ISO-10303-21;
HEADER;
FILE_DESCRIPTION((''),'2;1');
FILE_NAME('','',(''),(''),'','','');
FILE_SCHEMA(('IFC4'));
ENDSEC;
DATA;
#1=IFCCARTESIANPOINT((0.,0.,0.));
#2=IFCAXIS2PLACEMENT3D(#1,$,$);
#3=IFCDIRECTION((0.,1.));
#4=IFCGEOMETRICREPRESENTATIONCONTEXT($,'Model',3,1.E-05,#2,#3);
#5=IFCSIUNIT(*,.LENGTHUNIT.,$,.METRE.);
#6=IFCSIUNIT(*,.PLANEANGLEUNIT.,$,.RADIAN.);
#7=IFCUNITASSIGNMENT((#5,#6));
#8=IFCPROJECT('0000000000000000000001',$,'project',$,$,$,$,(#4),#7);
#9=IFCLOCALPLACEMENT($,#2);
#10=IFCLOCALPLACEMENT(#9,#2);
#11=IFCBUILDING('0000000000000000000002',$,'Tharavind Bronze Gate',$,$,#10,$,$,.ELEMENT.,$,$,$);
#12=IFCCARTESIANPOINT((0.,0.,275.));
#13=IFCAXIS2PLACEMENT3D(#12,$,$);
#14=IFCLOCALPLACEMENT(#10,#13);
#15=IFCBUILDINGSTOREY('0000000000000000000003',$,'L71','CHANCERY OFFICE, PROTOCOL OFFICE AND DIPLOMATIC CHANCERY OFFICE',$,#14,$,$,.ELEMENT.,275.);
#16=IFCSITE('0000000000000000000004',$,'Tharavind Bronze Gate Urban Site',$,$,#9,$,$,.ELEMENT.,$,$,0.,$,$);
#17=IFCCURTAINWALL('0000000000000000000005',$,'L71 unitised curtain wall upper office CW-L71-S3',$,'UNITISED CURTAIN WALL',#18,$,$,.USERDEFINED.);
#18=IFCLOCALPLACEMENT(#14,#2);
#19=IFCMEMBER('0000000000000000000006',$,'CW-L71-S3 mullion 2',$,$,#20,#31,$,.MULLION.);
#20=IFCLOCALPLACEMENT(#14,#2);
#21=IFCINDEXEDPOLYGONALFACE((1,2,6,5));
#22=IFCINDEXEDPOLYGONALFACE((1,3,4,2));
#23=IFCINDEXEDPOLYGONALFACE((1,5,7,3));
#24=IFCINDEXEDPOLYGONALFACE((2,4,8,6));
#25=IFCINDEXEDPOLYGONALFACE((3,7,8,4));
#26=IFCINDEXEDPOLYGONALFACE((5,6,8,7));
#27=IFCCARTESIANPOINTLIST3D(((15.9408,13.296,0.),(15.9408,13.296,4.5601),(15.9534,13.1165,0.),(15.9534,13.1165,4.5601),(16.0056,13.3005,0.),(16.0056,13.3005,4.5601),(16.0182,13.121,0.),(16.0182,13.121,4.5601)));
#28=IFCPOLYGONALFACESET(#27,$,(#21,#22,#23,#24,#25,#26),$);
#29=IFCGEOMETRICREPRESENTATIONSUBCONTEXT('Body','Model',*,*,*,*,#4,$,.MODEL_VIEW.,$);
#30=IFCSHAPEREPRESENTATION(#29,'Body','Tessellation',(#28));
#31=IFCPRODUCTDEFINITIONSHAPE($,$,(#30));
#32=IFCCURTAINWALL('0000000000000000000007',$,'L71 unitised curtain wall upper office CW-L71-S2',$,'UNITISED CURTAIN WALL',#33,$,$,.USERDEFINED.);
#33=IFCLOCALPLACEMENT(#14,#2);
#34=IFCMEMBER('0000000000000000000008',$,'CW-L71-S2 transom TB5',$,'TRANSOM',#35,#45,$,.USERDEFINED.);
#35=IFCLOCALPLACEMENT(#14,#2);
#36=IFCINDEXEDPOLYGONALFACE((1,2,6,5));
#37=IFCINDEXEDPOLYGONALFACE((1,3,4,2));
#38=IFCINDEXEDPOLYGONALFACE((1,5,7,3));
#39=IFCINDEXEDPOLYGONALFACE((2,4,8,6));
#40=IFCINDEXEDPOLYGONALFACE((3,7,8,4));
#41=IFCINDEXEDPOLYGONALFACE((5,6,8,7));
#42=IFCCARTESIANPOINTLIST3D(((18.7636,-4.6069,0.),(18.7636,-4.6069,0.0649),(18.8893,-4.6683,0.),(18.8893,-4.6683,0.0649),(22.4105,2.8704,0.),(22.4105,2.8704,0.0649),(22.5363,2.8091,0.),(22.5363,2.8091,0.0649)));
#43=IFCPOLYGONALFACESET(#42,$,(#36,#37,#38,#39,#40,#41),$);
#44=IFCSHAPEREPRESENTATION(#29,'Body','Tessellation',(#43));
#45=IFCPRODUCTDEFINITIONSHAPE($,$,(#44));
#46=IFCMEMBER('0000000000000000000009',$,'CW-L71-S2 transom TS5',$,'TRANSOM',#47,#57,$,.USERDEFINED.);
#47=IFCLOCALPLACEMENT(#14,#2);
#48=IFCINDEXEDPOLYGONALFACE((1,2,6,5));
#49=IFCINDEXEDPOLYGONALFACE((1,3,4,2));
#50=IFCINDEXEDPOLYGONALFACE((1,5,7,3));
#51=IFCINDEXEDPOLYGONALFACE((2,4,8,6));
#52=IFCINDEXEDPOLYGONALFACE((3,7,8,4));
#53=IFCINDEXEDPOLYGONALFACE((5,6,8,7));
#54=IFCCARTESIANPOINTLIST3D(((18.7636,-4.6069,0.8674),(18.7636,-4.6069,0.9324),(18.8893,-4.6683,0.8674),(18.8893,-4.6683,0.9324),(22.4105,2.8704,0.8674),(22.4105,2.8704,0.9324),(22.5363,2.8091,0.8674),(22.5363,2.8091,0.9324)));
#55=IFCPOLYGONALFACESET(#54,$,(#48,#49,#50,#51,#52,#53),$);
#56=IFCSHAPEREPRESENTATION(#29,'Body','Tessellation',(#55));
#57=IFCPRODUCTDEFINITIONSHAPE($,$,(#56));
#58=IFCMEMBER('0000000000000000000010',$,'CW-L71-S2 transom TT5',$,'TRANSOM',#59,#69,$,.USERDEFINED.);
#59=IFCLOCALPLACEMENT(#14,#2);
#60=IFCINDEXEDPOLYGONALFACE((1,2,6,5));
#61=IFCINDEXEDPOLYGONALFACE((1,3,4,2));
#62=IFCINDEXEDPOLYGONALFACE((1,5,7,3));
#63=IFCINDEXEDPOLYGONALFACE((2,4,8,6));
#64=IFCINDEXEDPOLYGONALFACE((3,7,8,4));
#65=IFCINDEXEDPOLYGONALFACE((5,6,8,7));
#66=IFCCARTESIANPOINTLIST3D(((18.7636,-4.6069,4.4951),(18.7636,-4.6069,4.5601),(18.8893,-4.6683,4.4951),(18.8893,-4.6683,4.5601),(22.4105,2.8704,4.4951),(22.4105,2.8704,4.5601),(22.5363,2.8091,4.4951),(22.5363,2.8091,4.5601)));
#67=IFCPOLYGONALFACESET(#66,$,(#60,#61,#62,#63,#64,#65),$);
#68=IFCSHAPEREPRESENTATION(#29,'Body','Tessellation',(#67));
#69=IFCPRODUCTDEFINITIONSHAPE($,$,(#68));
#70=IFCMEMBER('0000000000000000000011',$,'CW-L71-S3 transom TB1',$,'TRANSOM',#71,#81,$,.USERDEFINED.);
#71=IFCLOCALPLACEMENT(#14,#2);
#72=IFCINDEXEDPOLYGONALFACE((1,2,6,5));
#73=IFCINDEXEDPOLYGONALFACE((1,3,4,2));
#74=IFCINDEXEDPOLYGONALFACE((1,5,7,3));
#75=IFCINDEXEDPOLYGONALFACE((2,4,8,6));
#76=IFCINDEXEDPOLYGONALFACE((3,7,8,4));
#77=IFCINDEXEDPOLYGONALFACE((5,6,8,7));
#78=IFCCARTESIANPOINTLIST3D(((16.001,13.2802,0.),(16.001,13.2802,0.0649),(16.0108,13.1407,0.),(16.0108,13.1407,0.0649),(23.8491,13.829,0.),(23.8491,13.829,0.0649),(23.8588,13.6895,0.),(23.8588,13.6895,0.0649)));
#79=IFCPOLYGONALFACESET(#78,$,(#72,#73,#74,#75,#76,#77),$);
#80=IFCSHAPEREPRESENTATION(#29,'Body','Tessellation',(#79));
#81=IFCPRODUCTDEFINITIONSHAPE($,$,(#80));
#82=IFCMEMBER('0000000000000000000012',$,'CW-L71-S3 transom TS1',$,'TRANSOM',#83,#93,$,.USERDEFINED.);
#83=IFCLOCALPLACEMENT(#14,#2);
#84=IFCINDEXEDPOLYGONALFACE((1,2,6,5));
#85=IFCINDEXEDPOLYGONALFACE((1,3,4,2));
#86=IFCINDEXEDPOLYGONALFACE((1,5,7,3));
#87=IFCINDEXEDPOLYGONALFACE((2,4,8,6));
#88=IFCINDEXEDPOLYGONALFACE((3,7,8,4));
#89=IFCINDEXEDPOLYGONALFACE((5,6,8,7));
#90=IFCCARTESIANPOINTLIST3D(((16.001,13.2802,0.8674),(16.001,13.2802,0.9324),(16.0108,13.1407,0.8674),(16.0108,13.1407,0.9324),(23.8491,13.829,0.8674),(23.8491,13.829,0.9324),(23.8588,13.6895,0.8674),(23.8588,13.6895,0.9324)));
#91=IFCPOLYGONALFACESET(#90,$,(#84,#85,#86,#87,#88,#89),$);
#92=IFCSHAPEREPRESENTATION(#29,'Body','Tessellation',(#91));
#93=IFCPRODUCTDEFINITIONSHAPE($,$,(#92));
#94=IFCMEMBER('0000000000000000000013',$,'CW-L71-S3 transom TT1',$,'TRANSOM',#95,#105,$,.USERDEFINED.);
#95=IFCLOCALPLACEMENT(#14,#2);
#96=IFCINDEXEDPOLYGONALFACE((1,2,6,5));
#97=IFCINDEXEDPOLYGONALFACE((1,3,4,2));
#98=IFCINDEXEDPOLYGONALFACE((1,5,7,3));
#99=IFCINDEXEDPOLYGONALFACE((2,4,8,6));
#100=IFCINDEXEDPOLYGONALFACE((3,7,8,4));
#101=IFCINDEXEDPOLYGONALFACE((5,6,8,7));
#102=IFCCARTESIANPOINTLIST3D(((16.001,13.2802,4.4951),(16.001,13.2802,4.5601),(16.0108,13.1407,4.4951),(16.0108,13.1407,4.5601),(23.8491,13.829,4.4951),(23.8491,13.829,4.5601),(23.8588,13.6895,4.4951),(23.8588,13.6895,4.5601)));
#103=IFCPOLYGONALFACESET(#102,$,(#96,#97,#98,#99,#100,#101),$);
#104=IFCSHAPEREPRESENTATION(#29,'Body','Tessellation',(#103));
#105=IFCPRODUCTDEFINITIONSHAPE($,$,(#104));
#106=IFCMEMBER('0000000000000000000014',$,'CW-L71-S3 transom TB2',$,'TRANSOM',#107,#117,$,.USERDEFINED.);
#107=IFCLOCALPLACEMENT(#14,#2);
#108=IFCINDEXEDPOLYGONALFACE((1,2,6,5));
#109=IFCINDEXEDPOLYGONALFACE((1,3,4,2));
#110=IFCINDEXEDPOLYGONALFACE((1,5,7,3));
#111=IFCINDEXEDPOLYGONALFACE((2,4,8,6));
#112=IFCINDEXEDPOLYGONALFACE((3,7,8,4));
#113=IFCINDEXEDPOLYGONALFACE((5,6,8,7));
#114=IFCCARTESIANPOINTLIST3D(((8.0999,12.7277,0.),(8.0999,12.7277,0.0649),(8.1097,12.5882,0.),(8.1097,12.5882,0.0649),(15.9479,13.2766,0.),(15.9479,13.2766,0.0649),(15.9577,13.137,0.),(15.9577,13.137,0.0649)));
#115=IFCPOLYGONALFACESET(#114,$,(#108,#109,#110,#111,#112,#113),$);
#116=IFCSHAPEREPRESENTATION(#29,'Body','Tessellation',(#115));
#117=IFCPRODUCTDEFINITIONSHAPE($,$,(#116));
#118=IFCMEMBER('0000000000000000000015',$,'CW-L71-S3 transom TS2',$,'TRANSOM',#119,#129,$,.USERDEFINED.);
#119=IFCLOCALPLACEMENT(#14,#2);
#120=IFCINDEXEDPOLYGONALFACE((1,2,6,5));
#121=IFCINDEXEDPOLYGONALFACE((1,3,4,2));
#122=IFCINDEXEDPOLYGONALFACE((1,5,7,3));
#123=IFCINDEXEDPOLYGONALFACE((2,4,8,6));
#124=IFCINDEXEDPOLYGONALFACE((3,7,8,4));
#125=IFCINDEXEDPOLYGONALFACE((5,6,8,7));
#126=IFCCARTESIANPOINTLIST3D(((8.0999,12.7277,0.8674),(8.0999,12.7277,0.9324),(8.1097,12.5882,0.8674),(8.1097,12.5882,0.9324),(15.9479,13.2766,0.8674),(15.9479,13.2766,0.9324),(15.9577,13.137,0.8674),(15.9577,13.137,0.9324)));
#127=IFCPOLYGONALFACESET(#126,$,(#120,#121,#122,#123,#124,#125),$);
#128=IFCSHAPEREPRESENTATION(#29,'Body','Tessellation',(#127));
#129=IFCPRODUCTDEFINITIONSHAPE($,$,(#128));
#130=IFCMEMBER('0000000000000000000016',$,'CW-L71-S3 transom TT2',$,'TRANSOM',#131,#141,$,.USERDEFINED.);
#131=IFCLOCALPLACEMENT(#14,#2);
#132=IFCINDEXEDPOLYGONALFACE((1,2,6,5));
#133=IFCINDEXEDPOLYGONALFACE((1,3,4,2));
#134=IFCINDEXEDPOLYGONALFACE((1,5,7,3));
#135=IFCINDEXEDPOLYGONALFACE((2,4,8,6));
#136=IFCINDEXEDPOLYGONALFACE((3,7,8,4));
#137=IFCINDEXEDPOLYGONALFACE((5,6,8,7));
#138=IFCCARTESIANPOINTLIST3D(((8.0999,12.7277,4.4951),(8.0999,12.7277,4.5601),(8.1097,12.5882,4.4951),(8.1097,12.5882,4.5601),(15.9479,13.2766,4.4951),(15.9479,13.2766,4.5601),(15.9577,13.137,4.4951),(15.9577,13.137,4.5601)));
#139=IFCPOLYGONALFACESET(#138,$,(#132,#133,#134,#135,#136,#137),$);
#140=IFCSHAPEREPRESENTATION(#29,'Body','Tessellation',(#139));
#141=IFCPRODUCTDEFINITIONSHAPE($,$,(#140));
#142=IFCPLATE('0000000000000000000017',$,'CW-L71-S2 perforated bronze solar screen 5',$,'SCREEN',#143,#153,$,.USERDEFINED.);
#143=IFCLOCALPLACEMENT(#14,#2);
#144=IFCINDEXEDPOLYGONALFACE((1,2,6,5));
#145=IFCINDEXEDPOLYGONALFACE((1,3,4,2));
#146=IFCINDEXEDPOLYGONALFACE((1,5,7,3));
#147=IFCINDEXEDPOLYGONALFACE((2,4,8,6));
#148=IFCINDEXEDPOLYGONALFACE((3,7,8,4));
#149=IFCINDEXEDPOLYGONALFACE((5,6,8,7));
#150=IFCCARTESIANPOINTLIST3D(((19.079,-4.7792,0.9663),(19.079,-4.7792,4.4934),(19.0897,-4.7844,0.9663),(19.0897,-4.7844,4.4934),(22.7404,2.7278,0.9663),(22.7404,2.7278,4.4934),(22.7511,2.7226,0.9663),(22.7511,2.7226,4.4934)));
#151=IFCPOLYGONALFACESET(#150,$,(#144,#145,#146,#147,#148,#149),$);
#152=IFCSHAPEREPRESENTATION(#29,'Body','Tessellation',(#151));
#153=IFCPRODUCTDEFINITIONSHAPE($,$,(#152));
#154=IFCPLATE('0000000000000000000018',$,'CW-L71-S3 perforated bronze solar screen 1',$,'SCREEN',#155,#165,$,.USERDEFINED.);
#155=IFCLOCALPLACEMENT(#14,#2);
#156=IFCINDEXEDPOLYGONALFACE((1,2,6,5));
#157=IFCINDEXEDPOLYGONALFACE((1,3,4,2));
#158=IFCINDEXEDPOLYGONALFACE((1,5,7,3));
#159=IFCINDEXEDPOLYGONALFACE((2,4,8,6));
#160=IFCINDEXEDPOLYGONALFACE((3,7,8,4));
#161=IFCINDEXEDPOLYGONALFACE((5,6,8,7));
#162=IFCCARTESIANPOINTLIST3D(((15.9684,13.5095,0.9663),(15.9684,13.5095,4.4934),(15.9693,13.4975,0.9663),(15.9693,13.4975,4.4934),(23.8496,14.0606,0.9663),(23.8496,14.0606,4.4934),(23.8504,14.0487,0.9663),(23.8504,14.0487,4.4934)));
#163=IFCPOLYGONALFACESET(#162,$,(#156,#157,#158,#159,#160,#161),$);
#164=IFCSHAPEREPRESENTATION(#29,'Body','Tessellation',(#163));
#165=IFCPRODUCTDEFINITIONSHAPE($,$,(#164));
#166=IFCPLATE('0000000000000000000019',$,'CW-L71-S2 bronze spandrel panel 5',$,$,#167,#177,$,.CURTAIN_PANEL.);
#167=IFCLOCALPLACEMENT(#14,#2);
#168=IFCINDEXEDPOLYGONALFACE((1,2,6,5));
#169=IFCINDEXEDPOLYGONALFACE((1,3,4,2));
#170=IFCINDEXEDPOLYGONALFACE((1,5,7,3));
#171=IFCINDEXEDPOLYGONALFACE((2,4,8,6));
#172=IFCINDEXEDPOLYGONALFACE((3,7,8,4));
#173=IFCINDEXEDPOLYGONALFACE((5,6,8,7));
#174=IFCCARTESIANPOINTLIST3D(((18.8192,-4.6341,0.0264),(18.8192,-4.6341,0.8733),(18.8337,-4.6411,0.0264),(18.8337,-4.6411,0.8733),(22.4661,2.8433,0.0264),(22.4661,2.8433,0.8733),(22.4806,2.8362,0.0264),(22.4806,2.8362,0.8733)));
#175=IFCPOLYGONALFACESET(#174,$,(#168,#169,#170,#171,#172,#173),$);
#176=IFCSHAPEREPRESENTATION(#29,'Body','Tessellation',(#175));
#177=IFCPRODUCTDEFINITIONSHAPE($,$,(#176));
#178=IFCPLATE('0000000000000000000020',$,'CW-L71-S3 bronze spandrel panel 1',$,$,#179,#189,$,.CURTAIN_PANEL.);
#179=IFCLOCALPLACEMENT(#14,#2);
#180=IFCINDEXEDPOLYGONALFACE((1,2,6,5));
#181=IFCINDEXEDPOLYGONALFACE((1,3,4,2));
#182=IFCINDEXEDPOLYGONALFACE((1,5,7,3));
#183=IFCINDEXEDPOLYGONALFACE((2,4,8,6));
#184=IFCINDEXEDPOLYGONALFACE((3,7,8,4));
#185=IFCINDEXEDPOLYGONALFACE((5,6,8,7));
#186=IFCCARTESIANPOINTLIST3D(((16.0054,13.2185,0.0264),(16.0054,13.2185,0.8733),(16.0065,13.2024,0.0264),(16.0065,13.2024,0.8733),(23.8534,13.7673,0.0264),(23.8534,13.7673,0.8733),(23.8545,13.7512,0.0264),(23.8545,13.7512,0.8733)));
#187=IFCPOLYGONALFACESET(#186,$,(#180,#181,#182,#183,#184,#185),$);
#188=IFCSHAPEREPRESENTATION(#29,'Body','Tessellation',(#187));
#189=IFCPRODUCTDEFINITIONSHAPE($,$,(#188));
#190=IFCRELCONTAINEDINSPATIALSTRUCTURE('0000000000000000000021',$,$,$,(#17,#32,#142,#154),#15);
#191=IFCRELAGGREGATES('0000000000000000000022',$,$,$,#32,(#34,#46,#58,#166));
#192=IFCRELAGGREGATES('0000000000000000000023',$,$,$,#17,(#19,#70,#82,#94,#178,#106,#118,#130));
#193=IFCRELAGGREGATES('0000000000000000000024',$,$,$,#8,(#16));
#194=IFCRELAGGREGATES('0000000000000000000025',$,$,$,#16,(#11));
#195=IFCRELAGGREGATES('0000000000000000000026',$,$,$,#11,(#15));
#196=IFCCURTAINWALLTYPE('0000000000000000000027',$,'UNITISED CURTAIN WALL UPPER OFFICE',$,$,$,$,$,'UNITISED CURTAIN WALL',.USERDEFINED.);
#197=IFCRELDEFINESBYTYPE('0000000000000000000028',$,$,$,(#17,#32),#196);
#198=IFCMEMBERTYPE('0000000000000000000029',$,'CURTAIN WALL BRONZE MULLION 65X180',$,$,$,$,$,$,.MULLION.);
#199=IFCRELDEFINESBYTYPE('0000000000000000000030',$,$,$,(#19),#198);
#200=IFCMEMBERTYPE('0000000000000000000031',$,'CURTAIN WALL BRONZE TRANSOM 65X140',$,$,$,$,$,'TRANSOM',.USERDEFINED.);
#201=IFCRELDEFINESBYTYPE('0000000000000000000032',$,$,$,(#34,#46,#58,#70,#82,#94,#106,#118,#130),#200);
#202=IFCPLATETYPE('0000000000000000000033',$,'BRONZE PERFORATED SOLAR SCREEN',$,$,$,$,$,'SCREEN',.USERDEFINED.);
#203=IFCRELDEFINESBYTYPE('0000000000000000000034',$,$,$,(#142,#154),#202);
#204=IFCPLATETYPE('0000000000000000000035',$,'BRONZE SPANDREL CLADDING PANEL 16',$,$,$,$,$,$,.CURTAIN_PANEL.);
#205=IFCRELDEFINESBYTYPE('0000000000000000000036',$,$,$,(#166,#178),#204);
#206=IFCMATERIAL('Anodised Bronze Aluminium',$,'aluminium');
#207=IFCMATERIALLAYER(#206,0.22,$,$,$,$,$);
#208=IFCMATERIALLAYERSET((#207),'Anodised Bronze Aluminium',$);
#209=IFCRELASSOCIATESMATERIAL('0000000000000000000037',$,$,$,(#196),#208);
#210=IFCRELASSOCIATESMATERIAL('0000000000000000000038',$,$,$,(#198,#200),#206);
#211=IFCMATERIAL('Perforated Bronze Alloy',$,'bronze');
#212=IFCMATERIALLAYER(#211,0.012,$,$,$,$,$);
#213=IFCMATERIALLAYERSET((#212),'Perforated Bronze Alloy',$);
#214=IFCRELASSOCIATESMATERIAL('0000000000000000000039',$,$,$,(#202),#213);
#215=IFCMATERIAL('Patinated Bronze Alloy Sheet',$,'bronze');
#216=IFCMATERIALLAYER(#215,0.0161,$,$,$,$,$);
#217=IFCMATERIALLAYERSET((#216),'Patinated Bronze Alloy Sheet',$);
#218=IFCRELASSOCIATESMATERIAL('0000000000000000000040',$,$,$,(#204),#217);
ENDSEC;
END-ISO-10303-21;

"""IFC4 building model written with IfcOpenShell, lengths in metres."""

from ifc_helpers import new_model, si_unit, direction, frame, origin, origin_2d, place, context, subcontext, project, spatial, rectangle, extrude, material, layer, layer_set, type_object, element, aggregate, save


model = new_model("IFC4")

# Units and contexts
model_context = context("Model", 3, precision=1e-05, world=origin(), true_north=direction((0.0, 1.0)))
body_context = subcontext(model_context, "Body", "Model", "MODEL_VIEW")
ifc_project = project(units=[si_unit("LENGTHUNIT", "METRE"), si_unit("PLANEANGLEUNIT", "RADIAN")], contexts=[model_context])

# Site, building, storey
site_placement = place(None, origin())
site = spatial("IfcSite", under=ifc_project, at=site_placement, Name="Tharavind Bronze Gate Urban Site", CompositionType="ELEMENT", RefElevation=0.0)
building_placement = place(site_placement, origin())
building = spatial("IfcBuilding", under=site, at=building_placement, Name="Tharavind Bronze Gate", CompositionType="ELEMENT")
storey_placement = place(building_placement, frame((0.0, 0.0, 275.0)))
storey = spatial("IfcBuildingStorey", under=building, at=storey_placement, Name="L71", Description="CHANCERY OFFICE, PROTOCOL OFFICE AND DIPLOMATIC CHANCERY OFFICE", CompositionType="ELEMENT", Elevation=275.0)

# Curtain wall, member
ifc_material_1 = material(Name="Anodised Bronze Aluminium", Category="aluminium")
ifc_layer_1 = layer(ifc_material_1, 0.22)
ifc_layer_set_1 = layer_set([ifc_layer_1], Name="Anodised Bronze Aluminium")
curtain_wall_type = type_object("IfcCurtainWallType", Name="UNITISED CURTAIN WALL UPPER OFFICE", ElementType="UNITISED CURTAIN WALL", PredefinedType="USERDEFINED", material=ifc_layer_set_1)
curtain_wall_1_placement = place(storey_placement, origin())
curtain_wall_1 = element("IfcCurtainWall", 1, at=curtain_wall_1_placement, inside=storey, type_object=curtain_wall_type, Name="L71 unitised curtain wall upper office CW-L71-S3", ObjectType="UNITISED CURTAIN WALL", PredefinedType="USERDEFINED")
member_type_1 = type_object("IfcMemberType", Name="CURTAIN WALL BRONZE MULLION 65X180", PredefinedType="MULLION", material=ifc_material_1)
member_1_placement = place(storey_placement, frame((15.9795, 13.2085, 0.0), z_axis=(0.0, 0.0, 1.0), x_axis=(-0.997564, -0.06976, 0.0)))
member_1 = element("IfcMember", 2, at=member_1_placement, type_object=member_type_1, Name="CW-L71-S3 mullion 2", PredefinedType="MULLION", context=body_context, shape_type="SweptSolid", body=[
    extrude(rectangle(XDim=0.0649, YDim=0.1799, at=origin_2d()), origin(), (0.0, 0.0, 1.0), 4.5601),
])

# Curtain wall, members
curtain_wall_2_placement = place(storey_placement, origin())
curtain_wall_2 = element("IfcCurtainWall", 3, at=curtain_wall_2_placement, inside=storey, type_object=curtain_wall_type, Name="L71 unitised curtain wall upper office CW-L71-S2", ObjectType="UNITISED CURTAIN WALL", PredefinedType="USERDEFINED")
member_type_2 = type_object("IfcMemberType", Name="CURTAIN WALL BRONZE TRANSOM 65X140", ElementType="TRANSOM", PredefinedType="USERDEFINED", material=ifc_material_1)
member_2_placement = place(storey_placement, frame((20.6499, -0.8989, 0.0), z_axis=(0.0, 0.0, 1.0), x_axis=(0.438373, 0.898793, 0.0)))
member_2 = element("IfcMember", 4, at=member_2_placement, type_object=member_type_2, Name="CW-L71-S2 transom TB5", ObjectType="TRANSOM", PredefinedType="USERDEFINED", context=body_context, shape_type="SweptSolid", body=[
    extrude(rectangle(XDim=8.3193, YDim=0.1399, at=origin_2d()), origin(), (0.0, 0.0, 1.0), 0.0649),
])
member_3_placement = place(storey_placement, frame((20.6499, -0.8989, 0.8674), z_axis=(0.0, 0.0, 1.0), x_axis=(0.438373, 0.898793, 0.0)))
member_3 = element("IfcMember", 5, at=member_3_placement, type_object=member_type_2, Name="CW-L71-S2 transom TS5", ObjectType="TRANSOM", PredefinedType="USERDEFINED", context=body_context, shape_type="SweptSolid", body=[
    extrude(rectangle(XDim=8.3193, YDim=0.1399, at=origin_2d()), origin(), (0.0, 0.0, 1.0), 0.0649),
])
member_4_placement = place(storey_placement, frame((20.6499, -0.8989, 4.4951), z_axis=(0.0, 0.0, 1.0), x_axis=(0.438373, 0.898793, 0.0)))
member_4 = element("IfcMember", 6, at=member_4_placement, type_object=member_type_2, Name="CW-L71-S2 transom TT5", ObjectType="TRANSOM", PredefinedType="USERDEFINED", context=body_context, shape_type="SweptSolid", body=[
    extrude(rectangle(XDim=8.3193, YDim=0.1399, at=origin_2d()), origin(), (0.0, 0.0, 1.0), 0.0649),
])

# Members
member_5_placement = place(storey_placement, frame((19.9299, 13.4849, 0.0), z_axis=(0.0, 0.0, 1.0), x_axis=(-0.997564, -0.06976, 0.0)))
member_5 = element("IfcMember", 7, at=member_5_placement, type_object=member_type_2, Name="CW-L71-S3 transom TB1", ObjectType="TRANSOM", PredefinedType="USERDEFINED", context=body_context, shape_type="SweptSolid", body=[
    extrude(rectangle(XDim=7.8672, YDim=0.1399, at=origin_2d()), origin(), (0.0, 0.0, 1.0), 0.0649),
])
member_6_placement = place(storey_placement, frame((19.9299, 13.4849, 0.8674), z_axis=(0.0, 0.0, 1.0), x_axis=(-0.997564, -0.06976, 0.0)))
member_6 = element("IfcMember", 8, at=member_6_placement, type_object=member_type_2, Name="CW-L71-S3 transom TS1", ObjectType="TRANSOM", PredefinedType="USERDEFINED", context=body_context, shape_type="SweptSolid", body=[
    extrude(rectangle(XDim=7.8672, YDim=0.1399, at=origin_2d()), origin(), (0.0, 0.0, 1.0), 0.0649),
])
member_7_placement = place(storey_placement, frame((19.9299, 13.4849, 4.4951), z_axis=(0.0, 0.0, 1.0), x_axis=(-0.997564, -0.06976, 0.0)))
member_7 = element("IfcMember", 9, at=member_7_placement, type_object=member_type_2, Name="CW-L71-S3 transom TT1", ObjectType="TRANSOM", PredefinedType="USERDEFINED", context=body_context, shape_type="SweptSolid", body=[
    extrude(rectangle(XDim=7.8672, YDim=0.1399, at=origin_2d()), origin(), (0.0, 0.0, 1.0), 0.0649),
])
member_8_placement = place(storey_placement, frame((12.0288, 12.9324, 0.0), z_axis=(0.0, 0.0, 1.0), x_axis=(-0.997564, -0.06976, 0.0)))
member_8 = element("IfcMember", 10, at=member_8_placement, type_object=member_type_2, Name="CW-L71-S3 transom TB2", ObjectType="TRANSOM", PredefinedType="USERDEFINED", context=body_context, shape_type="SweptSolid", body=[
    extrude(rectangle(XDim=7.8672, YDim=0.1399, at=origin_2d()), origin(), (0.0, 0.0, 1.0), 0.0649),
])
member_9_placement = place(storey_placement, frame((12.0288, 12.9324, 0.8674), z_axis=(0.0, 0.0, 1.0), x_axis=(-0.997564, -0.06976, 0.0)))
member_9 = element("IfcMember", 11, at=member_9_placement, type_object=member_type_2, Name="CW-L71-S3 transom TS2", ObjectType="TRANSOM", PredefinedType="USERDEFINED", context=body_context, shape_type="SweptSolid", body=[
    extrude(rectangle(XDim=7.8672, YDim=0.1399, at=origin_2d()), origin(), (0.0, 0.0, 1.0), 0.0649),
])
member_10_placement = place(storey_placement, frame((12.0288, 12.9324, 4.4951), z_axis=(0.0, 0.0, 1.0), x_axis=(-0.997564, -0.06976, 0.0)))
member_10 = element("IfcMember", 12, at=member_10_placement, type_object=member_type_2, Name="CW-L71-S3 transom TT2", ObjectType="TRANSOM", PredefinedType="USERDEFINED", context=body_context, shape_type="SweptSolid", body=[
    extrude(rectangle(XDim=7.8672, YDim=0.1399, at=origin_2d()), origin(), (0.0, 0.0, 1.0), 0.0649),
])

# Plates
ifc_material_2 = material(Name="Perforated Bronze Alloy", Category="bronze")
ifc_layer_2 = layer(ifc_material_2, 0.012)
ifc_layer_set_2 = layer_set([ifc_layer_2], Name="Perforated Bronze Alloy")
plate_type_1 = type_object("IfcPlateType", Name="BRONZE PERFORATED SOLAR SCREEN", ElementType="SCREEN", PredefinedType="USERDEFINED", material=ifc_layer_set_2)
plate_1_placement = place(storey_placement, frame((20.915, -1.0283, 0.9663), z_axis=(0.0, 0.0, 1.0), x_axis=(0.438373, 0.898793, 0.0)))
element("IfcPlate", 13, at=plate_1_placement, inside=storey, type_object=plate_type_1, Name="CW-L71-S2 perforated bronze solar screen 5", ObjectType="SCREEN", PredefinedType="USERDEFINED", context=body_context, shape_type="SweptSolid", body=[
    extrude(rectangle(XDim=8.3523, YDim=0.012, at=origin_2d()), origin(), (0.0, 0.0, 1.0), 3.5271),
])
plate_2_placement = place(storey_placement, frame((19.9094, 13.7791, 0.9663), z_axis=(0.0, 0.0, 1.0), x_axis=(-0.997564, -0.06976, 0.0)))
element("IfcPlate", 14, at=plate_2_placement, inside=storey, type_object=plate_type_1, Name="CW-L71-S3 perforated bronze solar screen 1", ObjectType="SCREEN", PredefinedType="USERDEFINED", context=body_context, shape_type="SweptSolid", body=[
    extrude(rectangle(XDim=7.9004, YDim=0.012, at=origin_2d()), origin(), (0.0, 0.0, 1.0), 3.5271),
])

# Plates
ifc_material_3 = material(Name="Patinated Bronze Alloy Sheet", Category="bronze")
ifc_layer_3 = layer(ifc_material_3, 0.0161)
ifc_layer_set_3 = layer_set([ifc_layer_3], Name="Patinated Bronze Alloy Sheet")
plate_type_2 = type_object("IfcPlateType", Name="BRONZE SPANDREL CLADDING PANEL 16", PredefinedType="CURTAIN_PANEL", material=ifc_layer_set_3)
plate_3_placement = place(storey_placement, frame((20.6499, -0.8989, 0.0264), z_axis=(0.0, 0.0, 1.0), x_axis=(0.438373, 0.898793, 0.0)))
plate_3 = element("IfcPlate", 15, at=plate_3_placement, type_object=plate_type_2, Name="CW-L71-S2 bronze spandrel panel 5", PredefinedType="CURTAIN_PANEL", context=body_context, shape_type="SweptSolid", body=[
    extrude(rectangle(XDim=8.3193, YDim=0.0161, at=origin_2d()), origin(), (0.0, 0.0, 1.0), 0.8469),
])
plate_4_placement = place(storey_placement, frame((19.9299, 13.4849, 0.0264), z_axis=(0.0, 0.0, 1.0), x_axis=(-0.997564, -0.06976, 0.0)))
plate_4 = element("IfcPlate", 16, at=plate_4_placement, type_object=plate_type_2, Name="CW-L71-S3 bronze spandrel panel 1", PredefinedType="CURTAIN_PANEL", context=body_context, shape_type="SweptSolid", body=[
    extrude(rectangle(XDim=7.8672, YDim=0.0161, at=origin_2d()), origin(), (0.0, 0.0, 1.0), 0.8469),
])
aggregate(curtain_wall_2, [member_2, member_3, member_4, plate_3])
aggregate(curtain_wall_1, [member_1, member_5, member_6, member_7, plate_4, member_8, member_9, member_10])

save(model, "model.ifc")
